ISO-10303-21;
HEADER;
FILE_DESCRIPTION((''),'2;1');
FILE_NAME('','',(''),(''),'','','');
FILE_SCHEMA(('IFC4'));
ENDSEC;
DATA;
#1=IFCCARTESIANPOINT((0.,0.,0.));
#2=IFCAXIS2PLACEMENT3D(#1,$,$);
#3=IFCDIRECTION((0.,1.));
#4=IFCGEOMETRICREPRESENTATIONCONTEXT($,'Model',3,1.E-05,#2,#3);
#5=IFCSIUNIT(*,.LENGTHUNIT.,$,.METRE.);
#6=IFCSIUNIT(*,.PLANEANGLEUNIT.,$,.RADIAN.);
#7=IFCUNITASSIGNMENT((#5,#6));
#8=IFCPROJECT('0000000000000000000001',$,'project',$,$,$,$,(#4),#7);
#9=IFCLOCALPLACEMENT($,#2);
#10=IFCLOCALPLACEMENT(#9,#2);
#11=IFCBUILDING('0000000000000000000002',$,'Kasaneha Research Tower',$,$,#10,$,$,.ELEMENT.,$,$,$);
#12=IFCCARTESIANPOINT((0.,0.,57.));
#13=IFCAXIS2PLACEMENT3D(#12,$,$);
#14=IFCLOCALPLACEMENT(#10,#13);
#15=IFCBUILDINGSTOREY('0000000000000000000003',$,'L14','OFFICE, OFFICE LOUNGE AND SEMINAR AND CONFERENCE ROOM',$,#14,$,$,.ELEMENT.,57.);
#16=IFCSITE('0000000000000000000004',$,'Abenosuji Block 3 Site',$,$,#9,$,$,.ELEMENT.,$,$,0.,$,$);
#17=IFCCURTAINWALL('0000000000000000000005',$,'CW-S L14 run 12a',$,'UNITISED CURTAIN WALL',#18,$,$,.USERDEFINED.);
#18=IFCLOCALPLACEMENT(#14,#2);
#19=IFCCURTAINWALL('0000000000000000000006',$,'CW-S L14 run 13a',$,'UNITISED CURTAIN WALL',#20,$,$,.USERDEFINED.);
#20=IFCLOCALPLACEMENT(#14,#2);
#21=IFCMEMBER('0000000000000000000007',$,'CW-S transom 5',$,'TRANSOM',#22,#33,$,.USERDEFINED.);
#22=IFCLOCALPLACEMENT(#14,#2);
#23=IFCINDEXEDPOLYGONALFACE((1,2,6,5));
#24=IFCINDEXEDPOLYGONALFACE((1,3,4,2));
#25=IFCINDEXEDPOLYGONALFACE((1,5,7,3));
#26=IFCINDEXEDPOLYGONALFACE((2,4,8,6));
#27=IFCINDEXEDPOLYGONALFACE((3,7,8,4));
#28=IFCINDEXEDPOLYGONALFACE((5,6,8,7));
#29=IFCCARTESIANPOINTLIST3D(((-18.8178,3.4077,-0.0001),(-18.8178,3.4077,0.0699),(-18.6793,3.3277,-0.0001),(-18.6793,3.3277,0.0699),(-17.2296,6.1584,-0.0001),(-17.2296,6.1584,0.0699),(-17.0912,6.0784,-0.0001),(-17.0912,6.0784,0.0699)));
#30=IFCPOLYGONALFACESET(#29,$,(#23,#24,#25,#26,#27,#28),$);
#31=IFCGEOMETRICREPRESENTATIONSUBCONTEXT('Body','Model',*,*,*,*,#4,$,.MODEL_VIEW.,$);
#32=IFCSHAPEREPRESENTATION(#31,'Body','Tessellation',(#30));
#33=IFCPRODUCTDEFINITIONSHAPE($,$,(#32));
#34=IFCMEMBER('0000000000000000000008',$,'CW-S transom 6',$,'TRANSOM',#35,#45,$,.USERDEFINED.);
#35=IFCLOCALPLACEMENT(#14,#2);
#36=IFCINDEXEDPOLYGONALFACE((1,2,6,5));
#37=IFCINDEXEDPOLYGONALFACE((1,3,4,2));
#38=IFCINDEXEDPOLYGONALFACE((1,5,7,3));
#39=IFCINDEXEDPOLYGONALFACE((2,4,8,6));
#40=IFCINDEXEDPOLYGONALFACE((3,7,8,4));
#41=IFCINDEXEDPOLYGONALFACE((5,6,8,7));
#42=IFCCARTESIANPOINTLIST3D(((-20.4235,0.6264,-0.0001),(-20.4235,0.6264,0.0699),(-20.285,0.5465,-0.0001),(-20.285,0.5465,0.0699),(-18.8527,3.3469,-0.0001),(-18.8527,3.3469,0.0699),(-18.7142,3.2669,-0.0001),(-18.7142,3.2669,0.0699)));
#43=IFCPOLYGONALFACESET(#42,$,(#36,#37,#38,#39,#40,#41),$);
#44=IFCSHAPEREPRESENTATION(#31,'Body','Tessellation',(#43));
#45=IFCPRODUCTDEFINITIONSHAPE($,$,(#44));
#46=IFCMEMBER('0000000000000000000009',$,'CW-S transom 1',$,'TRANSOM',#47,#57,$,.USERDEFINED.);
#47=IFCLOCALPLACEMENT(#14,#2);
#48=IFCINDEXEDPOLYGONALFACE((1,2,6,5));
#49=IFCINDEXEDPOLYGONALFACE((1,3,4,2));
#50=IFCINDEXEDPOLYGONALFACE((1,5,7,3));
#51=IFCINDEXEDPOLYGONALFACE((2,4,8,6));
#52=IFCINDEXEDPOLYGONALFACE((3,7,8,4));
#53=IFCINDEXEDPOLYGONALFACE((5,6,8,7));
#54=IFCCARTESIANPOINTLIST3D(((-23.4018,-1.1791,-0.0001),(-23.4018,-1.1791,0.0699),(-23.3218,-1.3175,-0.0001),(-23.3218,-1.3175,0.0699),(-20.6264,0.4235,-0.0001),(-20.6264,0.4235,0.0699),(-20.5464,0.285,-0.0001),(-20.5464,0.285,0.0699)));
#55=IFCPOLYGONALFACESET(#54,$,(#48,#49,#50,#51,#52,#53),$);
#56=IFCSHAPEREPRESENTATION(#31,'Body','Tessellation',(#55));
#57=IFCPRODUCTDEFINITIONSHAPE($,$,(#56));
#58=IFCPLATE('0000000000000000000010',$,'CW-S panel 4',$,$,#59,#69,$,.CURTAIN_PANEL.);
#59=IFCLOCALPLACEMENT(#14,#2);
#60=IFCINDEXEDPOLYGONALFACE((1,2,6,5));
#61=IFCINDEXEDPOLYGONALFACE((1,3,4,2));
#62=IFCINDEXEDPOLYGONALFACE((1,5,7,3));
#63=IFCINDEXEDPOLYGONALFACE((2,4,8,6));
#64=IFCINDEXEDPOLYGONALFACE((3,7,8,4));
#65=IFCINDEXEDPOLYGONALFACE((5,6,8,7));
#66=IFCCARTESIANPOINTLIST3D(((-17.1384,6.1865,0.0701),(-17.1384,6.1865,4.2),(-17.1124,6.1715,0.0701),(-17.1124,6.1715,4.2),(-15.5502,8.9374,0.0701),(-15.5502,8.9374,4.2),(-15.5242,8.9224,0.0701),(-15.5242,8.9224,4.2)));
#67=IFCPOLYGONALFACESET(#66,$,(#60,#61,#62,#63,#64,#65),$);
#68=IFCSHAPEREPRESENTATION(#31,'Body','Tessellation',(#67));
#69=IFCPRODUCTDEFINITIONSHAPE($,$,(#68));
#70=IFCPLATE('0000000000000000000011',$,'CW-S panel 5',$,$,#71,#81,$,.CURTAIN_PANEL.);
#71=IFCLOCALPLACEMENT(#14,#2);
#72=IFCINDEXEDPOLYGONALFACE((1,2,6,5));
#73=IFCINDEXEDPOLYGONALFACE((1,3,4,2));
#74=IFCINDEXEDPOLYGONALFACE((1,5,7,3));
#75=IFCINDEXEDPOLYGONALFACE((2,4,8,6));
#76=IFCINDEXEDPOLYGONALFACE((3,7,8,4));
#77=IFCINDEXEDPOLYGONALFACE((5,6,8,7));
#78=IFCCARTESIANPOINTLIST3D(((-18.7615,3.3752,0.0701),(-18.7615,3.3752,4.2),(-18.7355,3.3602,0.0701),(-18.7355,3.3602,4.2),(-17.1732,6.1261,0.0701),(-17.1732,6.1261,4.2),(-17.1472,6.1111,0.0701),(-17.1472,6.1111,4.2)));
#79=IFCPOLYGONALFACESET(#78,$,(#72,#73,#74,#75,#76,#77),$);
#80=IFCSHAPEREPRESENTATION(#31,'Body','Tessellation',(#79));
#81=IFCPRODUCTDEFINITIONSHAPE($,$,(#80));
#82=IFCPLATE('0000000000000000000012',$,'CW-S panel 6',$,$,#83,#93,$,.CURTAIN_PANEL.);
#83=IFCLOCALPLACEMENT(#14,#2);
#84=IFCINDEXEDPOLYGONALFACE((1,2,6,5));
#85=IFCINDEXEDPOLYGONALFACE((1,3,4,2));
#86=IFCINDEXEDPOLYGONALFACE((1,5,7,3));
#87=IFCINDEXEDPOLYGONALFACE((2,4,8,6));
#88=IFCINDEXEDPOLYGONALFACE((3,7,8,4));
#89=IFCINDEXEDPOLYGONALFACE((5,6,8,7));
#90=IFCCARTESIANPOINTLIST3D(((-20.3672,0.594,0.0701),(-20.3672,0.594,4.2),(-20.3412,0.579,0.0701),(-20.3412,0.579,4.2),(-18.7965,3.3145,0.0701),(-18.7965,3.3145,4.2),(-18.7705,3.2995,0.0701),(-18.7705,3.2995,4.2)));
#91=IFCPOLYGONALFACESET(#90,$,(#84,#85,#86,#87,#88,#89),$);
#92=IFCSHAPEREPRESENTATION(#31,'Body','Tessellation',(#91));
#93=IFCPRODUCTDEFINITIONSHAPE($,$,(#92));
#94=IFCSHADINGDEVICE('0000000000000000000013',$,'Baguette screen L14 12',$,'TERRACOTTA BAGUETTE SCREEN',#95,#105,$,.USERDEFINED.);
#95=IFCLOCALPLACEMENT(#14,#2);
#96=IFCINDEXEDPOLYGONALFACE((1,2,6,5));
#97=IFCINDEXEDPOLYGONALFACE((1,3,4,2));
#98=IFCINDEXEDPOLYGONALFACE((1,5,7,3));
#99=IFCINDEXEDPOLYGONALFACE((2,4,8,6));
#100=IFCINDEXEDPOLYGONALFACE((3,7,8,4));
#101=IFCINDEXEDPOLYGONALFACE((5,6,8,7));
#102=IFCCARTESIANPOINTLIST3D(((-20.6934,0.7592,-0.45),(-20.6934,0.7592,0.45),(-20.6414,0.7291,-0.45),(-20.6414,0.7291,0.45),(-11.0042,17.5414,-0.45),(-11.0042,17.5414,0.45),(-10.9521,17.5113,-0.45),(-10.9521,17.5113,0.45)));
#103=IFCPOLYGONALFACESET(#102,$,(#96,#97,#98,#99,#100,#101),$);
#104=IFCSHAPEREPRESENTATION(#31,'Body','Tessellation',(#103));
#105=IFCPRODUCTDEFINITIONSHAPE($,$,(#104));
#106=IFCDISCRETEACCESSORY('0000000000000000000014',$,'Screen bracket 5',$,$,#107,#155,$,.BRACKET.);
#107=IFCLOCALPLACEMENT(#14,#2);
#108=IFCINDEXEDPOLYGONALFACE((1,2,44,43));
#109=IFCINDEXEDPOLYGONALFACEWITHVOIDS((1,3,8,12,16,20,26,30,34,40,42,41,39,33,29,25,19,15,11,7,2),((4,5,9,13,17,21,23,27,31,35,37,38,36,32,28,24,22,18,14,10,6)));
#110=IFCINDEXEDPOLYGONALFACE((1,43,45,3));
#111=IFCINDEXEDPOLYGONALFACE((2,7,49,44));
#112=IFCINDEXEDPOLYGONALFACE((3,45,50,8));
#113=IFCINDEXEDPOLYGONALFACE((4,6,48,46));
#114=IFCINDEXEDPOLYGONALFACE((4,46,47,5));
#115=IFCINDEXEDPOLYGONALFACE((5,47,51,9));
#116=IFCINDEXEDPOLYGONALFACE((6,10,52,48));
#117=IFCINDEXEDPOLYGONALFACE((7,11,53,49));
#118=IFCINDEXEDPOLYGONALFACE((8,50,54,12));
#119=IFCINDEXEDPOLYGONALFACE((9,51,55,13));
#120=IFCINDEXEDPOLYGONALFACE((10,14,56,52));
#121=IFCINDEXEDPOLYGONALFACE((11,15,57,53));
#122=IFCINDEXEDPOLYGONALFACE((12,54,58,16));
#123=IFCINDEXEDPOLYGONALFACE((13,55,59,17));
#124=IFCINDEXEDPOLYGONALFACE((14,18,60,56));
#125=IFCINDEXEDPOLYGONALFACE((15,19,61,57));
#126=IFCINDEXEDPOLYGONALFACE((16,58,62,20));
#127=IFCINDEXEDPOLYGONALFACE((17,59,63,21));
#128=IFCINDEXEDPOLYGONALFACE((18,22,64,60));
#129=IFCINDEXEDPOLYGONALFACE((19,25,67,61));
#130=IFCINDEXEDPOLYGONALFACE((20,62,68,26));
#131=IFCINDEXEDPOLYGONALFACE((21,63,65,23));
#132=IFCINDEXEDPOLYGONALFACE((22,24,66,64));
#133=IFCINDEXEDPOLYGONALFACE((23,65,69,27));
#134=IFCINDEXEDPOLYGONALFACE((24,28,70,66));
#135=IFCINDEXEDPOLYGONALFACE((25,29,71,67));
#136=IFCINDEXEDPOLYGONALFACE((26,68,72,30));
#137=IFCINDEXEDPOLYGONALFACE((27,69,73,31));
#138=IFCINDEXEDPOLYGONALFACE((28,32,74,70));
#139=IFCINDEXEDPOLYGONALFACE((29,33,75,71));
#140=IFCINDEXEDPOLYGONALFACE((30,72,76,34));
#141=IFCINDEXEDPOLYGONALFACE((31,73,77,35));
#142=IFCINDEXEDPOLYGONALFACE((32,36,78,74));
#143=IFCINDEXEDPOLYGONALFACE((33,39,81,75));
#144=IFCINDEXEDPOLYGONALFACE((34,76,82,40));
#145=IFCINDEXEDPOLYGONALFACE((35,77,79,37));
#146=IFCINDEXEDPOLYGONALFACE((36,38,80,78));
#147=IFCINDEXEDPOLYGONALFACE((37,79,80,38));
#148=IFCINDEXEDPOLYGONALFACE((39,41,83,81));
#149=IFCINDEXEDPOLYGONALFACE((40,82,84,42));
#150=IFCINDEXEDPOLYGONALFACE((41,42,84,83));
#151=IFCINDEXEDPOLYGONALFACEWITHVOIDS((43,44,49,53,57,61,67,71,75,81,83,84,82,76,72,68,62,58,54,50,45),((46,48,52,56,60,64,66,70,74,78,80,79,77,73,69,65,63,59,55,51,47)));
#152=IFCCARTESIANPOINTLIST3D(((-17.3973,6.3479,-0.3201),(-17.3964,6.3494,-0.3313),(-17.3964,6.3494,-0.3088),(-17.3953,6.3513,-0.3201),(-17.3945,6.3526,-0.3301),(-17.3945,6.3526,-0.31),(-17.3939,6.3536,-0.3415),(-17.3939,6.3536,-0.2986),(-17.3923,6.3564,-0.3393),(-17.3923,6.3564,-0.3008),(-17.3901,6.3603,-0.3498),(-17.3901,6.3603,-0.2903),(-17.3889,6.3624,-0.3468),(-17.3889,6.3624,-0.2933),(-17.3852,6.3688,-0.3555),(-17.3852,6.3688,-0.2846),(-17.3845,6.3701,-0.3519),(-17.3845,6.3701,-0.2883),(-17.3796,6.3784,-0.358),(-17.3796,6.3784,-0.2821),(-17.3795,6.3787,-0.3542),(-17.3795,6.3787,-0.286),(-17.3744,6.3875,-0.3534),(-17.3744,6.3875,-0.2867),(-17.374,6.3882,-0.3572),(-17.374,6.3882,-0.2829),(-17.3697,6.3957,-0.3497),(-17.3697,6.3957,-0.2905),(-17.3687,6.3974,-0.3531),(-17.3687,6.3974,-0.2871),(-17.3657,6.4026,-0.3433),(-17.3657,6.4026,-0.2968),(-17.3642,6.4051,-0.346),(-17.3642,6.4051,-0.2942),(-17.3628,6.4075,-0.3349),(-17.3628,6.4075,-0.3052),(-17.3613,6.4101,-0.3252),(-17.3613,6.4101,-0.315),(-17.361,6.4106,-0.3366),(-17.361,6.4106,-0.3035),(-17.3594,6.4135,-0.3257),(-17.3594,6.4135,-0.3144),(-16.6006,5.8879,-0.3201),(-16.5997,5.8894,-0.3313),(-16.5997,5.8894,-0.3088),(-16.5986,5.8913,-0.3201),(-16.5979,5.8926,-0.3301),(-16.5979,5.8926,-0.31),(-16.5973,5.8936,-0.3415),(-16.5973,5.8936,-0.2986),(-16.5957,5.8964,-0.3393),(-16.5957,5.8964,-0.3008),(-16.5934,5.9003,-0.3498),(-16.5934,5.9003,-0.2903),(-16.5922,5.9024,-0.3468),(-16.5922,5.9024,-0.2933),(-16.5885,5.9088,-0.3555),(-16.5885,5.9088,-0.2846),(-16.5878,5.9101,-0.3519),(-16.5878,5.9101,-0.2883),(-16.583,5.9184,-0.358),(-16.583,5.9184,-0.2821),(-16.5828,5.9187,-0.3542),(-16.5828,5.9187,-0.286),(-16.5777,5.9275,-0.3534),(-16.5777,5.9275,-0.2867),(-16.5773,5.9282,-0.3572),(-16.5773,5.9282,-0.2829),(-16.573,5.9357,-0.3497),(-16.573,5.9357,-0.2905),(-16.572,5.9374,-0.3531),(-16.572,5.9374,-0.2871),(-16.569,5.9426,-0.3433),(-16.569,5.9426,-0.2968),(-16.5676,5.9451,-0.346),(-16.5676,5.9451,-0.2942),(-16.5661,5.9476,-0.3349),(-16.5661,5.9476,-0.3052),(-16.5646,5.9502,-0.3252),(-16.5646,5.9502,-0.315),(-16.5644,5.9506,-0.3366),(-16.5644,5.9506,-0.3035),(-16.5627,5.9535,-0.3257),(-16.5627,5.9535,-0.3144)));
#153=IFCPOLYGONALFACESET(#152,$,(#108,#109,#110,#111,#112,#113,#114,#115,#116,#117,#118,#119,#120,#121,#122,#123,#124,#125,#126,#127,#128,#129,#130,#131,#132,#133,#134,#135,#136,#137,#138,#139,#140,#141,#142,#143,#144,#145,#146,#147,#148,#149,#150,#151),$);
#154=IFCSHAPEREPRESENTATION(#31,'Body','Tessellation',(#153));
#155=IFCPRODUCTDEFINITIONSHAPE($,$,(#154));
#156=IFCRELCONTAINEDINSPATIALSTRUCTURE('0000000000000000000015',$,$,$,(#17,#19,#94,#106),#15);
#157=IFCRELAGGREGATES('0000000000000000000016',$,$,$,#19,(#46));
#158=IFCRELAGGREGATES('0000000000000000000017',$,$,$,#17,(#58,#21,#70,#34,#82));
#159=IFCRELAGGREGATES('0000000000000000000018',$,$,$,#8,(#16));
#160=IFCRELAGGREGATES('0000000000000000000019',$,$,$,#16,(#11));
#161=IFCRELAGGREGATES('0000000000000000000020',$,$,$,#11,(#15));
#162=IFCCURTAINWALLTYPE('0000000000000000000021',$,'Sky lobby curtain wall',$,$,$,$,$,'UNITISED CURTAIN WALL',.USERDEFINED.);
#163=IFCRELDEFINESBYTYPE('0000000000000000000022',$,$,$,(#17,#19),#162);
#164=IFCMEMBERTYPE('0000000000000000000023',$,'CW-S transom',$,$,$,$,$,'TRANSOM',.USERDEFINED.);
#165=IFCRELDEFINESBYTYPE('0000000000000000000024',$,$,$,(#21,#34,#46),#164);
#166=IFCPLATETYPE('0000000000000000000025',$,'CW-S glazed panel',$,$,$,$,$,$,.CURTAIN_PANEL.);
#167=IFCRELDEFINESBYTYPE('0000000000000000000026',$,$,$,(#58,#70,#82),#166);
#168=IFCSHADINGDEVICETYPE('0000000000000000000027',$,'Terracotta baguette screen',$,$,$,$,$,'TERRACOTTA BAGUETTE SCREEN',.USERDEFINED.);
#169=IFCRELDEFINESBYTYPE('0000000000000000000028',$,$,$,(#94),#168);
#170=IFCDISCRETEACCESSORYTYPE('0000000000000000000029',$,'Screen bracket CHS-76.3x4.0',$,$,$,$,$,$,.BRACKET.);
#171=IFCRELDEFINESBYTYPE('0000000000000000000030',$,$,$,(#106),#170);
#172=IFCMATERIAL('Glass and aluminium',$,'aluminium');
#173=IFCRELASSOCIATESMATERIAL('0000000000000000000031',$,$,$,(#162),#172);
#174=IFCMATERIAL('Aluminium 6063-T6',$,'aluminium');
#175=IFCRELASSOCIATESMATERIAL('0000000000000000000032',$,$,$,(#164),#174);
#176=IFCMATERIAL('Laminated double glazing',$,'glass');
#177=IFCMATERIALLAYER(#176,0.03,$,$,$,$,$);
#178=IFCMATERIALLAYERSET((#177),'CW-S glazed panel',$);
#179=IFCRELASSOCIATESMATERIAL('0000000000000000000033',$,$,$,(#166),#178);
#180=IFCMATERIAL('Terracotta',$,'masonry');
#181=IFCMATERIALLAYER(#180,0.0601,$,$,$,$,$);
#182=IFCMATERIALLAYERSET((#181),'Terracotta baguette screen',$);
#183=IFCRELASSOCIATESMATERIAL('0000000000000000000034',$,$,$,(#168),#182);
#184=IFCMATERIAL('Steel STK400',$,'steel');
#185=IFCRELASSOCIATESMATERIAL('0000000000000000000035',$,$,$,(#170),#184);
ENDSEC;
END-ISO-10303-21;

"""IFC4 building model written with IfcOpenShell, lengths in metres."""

from ifc_helpers import new_model, si_unit, direction, frame, origin, origin_2d, place, context, subcontext, project, spatial, rectangle, hollow_circle, extrude, material, layer, layer_set, material_profile, profile_set, type_object, element, aggregate, save


model = new_model("IFC4")

# Units and contexts
model_context = context("Model", 3, precision=1e-05, world=origin(), true_north=direction((0.0, 1.0)))
body_context = subcontext(model_context, "Body", "Model", "MODEL_VIEW")
ifc_project = project(units=[si_unit("LENGTHUNIT", "METRE"), si_unit("PLANEANGLEUNIT", "RADIAN")], contexts=[model_context])

# Site, building, storey
site_placement = place(None, origin())
site = spatial("IfcSite", under=ifc_project, at=site_placement, Name="Abenosuji Block 3 Site", CompositionType="ELEMENT", RefElevation=0.0)
building_placement = place(site_placement, origin())
building = spatial("IfcBuilding", under=site, at=building_placement, Name="Kasaneha Research Tower", CompositionType="ELEMENT")
storey_placement = place(building_placement, frame((0.0, 0.0, 57.0)))
storey = spatial("IfcBuildingStorey", under=building, at=storey_placement, Name="L14", Description="OFFICE, OFFICE LOUNGE AND SEMINAR AND CONFERENCE ROOM", CompositionType="ELEMENT", Elevation=57.0)

# Curtain wall
ifc_material_1 = material(Name="Glass and aluminium", Category="aluminium")
curtain_wall_type = type_object("IfcCurtainWallType", Name="Sky lobby curtain wall", ElementType="UNITISED CURTAIN WALL", PredefinedType="USERDEFINED", material=ifc_material_1)
curtain_wall_1_placement = place(storey_placement, origin())
curtain_wall_1 = element("IfcCurtainWall", 1, at=curtain_wall_1_placement, inside=storey, type_object=curtain_wall_type, Name="CW-S L14 run 12a", ObjectType="UNITISED CURTAIN WALL", PredefinedType="USERDEFINED")

# Curtain wall
curtain_wall_2_placement = place(storey_placement, origin())
curtain_wall_2 = element("IfcCurtainWall", 2, at=curtain_wall_2_placement, inside=storey, type_object=curtain_wall_type, Name="CW-S L14 run 13a", ObjectType="UNITISED CURTAIN WALL", PredefinedType="USERDEFINED")

# Members
ifc_material_2 = material(Name="Aluminium 6063-T6", Category="aluminium")
ifc_material_profile_1 = material_profile(ifc_material_2, rectangle(XDim=0.1599, YDim=0.0701, at=origin_2d()), Name="CW-S transom 160x70")
ifc_profile_set_1 = profile_set([ifc_material_profile_1], Name="Aluminium 6063-T6")
member_type_1 = type_object("IfcMemberType", Name="CW-S transom", ElementType="TRANSOM", PredefinedType="USERDEFINED", material=ifc_profile_set_1)
member_1_placement = place(storey_placement, frame((-17.1604, 6.1184, 0.0349), z_axis=(-0.5, -0.866026, 0.0), x_axis=(0.866026, -0.5, 0.0)))
member_1 = element("IfcMember", 3, at=member_1_placement, type_object=member_type_1, Name="CW-S transom 5", ObjectType="TRANSOM", PredefinedType="USERDEFINED", context=body_context, shape_type="SweptSolid", body=[
    extrude(rectangle(XDim=0.1599, YDim=0.0701, at=origin_2d()), origin(), (0.0, 0.0, 1.0), 3.1763),
])
member_2_placement = place(storey_placement, frame((-18.7834, 3.3069, 0.0349), z_axis=(-0.500034, -0.866006, 0.0), x_axis=(0.866006, -0.500034, 0.0)))
member_2 = element("IfcMember", 4, at=member_2_placement, type_object=member_type_1, Name="CW-S transom 6", ObjectType="TRANSOM", PredefinedType="USERDEFINED", context=body_context, shape_type="SweptSolid", body=[
    extrude(rectangle(XDim=0.1599, YDim=0.0701, at=origin_2d()), origin(), (0.0, 0.0, 1.0), 3.1414),
])
member_3_placement = place(storey_placement, frame((-20.5864, 0.3542, 0.0349), z_axis=(-0.866003, -0.500039, 0.0), x_axis=(0.500039, -0.866003, 0.0)))
member_3 = element("IfcMember", 5, at=member_3_placement, type_object=member_type_1, Name="CW-S transom 1", ObjectType="TRANSOM", PredefinedType="USERDEFINED", context=body_context, shape_type="SweptSolid", body=[
    extrude(rectangle(XDim=0.1599, YDim=0.0701, at=origin_2d()), origin(), (0.0, 0.0, 1.0), 3.2048),
])
aggregate(curtain_wall_2, [member_3])

# Plates
ifc_material_3 = material(Name="Laminated double glazing", Category="glass")
ifc_layer_1 = layer(ifc_material_3, 0.03)
ifc_layer_set_1 = layer_set([ifc_layer_1], Name="CW-S glazed panel")
plate_type = type_object("IfcPlateType", Name="CW-S glazed panel", PredefinedType="CURTAIN_PANEL", material=ifc_layer_set_1)
plate_1_placement = place(storey_placement, frame((-16.3313, 7.5544, 0.0701), z_axis=(0.0, 0.0, 1.0), x_axis=(-0.5, -0.866025, 0.0)))
plate_1 = element("IfcPlate", 6, at=plate_1_placement, type_object=plate_type, Name="CW-S panel 4", PredefinedType="CURTAIN_PANEL", context=body_context, shape_type="SweptSolid", body=[
    extrude(rectangle(XDim=3.1765, YDim=0.03, at=origin_2d()), origin(), (0.0, 0.0, 1.0), 4.1299),
])
plate_2_placement = place(storey_placement, frame((-17.9543, 4.7432, 0.0701), z_axis=(0.0, 0.0, 1.0), x_axis=(-0.5, -0.866025, 0.0)))
plate_2 = element("IfcPlate", 7, at=plate_2_placement, type_object=plate_type, Name="CW-S panel 5", PredefinedType="CURTAIN_PANEL", context=body_context, shape_type="SweptSolid", body=[
    extrude(rectangle(XDim=3.1765, YDim=0.03, at=origin_2d()), origin(), (0.0, 0.0, 1.0), 4.1299),
])
plate_3_placement = place(storey_placement, frame((-19.5688, 1.9468, 0.0701), z_axis=(0.0, 0.0, 1.0), x_axis=(-0.5, -0.866025, 0.0)))
plate_3 = element("IfcPlate", 8, at=plate_3_placement, type_object=plate_type, Name="CW-S panel 6", PredefinedType="CURTAIN_PANEL", context=body_context, shape_type="SweptSolid", body=[
    extrude(rectangle(XDim=3.1414, YDim=0.03, at=origin_2d()), origin(), (0.0, 0.0, 1.0), 4.1299),
])
aggregate(curtain_wall_1, [plate_1, member_1, plate_2, member_2, plate_3])

# Shading device
ifc_material_4 = material(Name="Terracotta", Category="masonry")
ifc_layer_2 = layer(ifc_material_4, 0.0601)
ifc_layer_set_2 = layer_set([ifc_layer_2], Name="Terracotta baguette screen")
shading_device_type = type_object("IfcShadingDeviceType", Name="Terracotta baguette screen", ElementType="TERRACOTTA BAGUETTE SCREEN", PredefinedType="USERDEFINED", material=ifc_layer_set_2)
shading_device_placement = place(storey_placement, frame((-15.8228, 9.1353, -0.45), z_axis=(0.0, 0.0, 1.0), x_axis=(-0.5, -0.866025, 0.0)))
element("IfcShadingDevice", 9, at=shading_device_placement, inside=storey, type_object=shading_device_type, Name="Baguette screen L14 12", ObjectType="TERRACOTTA BAGUETTE SCREEN", PredefinedType="USERDEFINED", context=body_context, shape_type="SweptSolid", body=[
    extrude(rectangle(XDim=19.3784, YDim=0.0601, at=origin_2d()), origin(), (0.0, 0.0, 1.0), 0.8999),
])

# Discrete accessory
ifc_material_5 = material(Name="Steel STK400", Category="steel")
ifc_material_profile_2 = material_profile(ifc_material_5, hollow_circle(Radius=0.0381, WallThickness=0.0039, at=origin_2d()), Name="CHS-76.3x4.0")
ifc_profile_set_2 = profile_set([ifc_material_profile_2], Name="Steel STK400")
discrete_accessory_type = type_object("IfcDiscreteAccessoryType", Name="Screen bracket CHS-76.3x4.0", PredefinedType="BRACKET", material=ifc_profile_set_2)
for number, where, z_axis, x_axis, name in (
    (10, (-16.5815, 5.9209, -0.3201), (-0.866013, 0.500021, 0.0), (-0.500021, -0.866013, 0.0), "Screen bracket 5"),
):
    element("IfcDiscreteAccessory", number, at=place(storey_placement, frame(where, z_axis=z_axis, x_axis=x_axis)), inside=storey, type_object=discrete_accessory_type, Name=name, PredefinedType="BRACKET", context=body_context, shape_type="SweptSolid", body=[
        extrude(hollow_circle(Radius=0.0381, WallThickness=0.0039, at=origin_2d()), origin(), (0.0, 0.0, 1.0), 0.9199),
    ])

save(model, "model.ifc")
